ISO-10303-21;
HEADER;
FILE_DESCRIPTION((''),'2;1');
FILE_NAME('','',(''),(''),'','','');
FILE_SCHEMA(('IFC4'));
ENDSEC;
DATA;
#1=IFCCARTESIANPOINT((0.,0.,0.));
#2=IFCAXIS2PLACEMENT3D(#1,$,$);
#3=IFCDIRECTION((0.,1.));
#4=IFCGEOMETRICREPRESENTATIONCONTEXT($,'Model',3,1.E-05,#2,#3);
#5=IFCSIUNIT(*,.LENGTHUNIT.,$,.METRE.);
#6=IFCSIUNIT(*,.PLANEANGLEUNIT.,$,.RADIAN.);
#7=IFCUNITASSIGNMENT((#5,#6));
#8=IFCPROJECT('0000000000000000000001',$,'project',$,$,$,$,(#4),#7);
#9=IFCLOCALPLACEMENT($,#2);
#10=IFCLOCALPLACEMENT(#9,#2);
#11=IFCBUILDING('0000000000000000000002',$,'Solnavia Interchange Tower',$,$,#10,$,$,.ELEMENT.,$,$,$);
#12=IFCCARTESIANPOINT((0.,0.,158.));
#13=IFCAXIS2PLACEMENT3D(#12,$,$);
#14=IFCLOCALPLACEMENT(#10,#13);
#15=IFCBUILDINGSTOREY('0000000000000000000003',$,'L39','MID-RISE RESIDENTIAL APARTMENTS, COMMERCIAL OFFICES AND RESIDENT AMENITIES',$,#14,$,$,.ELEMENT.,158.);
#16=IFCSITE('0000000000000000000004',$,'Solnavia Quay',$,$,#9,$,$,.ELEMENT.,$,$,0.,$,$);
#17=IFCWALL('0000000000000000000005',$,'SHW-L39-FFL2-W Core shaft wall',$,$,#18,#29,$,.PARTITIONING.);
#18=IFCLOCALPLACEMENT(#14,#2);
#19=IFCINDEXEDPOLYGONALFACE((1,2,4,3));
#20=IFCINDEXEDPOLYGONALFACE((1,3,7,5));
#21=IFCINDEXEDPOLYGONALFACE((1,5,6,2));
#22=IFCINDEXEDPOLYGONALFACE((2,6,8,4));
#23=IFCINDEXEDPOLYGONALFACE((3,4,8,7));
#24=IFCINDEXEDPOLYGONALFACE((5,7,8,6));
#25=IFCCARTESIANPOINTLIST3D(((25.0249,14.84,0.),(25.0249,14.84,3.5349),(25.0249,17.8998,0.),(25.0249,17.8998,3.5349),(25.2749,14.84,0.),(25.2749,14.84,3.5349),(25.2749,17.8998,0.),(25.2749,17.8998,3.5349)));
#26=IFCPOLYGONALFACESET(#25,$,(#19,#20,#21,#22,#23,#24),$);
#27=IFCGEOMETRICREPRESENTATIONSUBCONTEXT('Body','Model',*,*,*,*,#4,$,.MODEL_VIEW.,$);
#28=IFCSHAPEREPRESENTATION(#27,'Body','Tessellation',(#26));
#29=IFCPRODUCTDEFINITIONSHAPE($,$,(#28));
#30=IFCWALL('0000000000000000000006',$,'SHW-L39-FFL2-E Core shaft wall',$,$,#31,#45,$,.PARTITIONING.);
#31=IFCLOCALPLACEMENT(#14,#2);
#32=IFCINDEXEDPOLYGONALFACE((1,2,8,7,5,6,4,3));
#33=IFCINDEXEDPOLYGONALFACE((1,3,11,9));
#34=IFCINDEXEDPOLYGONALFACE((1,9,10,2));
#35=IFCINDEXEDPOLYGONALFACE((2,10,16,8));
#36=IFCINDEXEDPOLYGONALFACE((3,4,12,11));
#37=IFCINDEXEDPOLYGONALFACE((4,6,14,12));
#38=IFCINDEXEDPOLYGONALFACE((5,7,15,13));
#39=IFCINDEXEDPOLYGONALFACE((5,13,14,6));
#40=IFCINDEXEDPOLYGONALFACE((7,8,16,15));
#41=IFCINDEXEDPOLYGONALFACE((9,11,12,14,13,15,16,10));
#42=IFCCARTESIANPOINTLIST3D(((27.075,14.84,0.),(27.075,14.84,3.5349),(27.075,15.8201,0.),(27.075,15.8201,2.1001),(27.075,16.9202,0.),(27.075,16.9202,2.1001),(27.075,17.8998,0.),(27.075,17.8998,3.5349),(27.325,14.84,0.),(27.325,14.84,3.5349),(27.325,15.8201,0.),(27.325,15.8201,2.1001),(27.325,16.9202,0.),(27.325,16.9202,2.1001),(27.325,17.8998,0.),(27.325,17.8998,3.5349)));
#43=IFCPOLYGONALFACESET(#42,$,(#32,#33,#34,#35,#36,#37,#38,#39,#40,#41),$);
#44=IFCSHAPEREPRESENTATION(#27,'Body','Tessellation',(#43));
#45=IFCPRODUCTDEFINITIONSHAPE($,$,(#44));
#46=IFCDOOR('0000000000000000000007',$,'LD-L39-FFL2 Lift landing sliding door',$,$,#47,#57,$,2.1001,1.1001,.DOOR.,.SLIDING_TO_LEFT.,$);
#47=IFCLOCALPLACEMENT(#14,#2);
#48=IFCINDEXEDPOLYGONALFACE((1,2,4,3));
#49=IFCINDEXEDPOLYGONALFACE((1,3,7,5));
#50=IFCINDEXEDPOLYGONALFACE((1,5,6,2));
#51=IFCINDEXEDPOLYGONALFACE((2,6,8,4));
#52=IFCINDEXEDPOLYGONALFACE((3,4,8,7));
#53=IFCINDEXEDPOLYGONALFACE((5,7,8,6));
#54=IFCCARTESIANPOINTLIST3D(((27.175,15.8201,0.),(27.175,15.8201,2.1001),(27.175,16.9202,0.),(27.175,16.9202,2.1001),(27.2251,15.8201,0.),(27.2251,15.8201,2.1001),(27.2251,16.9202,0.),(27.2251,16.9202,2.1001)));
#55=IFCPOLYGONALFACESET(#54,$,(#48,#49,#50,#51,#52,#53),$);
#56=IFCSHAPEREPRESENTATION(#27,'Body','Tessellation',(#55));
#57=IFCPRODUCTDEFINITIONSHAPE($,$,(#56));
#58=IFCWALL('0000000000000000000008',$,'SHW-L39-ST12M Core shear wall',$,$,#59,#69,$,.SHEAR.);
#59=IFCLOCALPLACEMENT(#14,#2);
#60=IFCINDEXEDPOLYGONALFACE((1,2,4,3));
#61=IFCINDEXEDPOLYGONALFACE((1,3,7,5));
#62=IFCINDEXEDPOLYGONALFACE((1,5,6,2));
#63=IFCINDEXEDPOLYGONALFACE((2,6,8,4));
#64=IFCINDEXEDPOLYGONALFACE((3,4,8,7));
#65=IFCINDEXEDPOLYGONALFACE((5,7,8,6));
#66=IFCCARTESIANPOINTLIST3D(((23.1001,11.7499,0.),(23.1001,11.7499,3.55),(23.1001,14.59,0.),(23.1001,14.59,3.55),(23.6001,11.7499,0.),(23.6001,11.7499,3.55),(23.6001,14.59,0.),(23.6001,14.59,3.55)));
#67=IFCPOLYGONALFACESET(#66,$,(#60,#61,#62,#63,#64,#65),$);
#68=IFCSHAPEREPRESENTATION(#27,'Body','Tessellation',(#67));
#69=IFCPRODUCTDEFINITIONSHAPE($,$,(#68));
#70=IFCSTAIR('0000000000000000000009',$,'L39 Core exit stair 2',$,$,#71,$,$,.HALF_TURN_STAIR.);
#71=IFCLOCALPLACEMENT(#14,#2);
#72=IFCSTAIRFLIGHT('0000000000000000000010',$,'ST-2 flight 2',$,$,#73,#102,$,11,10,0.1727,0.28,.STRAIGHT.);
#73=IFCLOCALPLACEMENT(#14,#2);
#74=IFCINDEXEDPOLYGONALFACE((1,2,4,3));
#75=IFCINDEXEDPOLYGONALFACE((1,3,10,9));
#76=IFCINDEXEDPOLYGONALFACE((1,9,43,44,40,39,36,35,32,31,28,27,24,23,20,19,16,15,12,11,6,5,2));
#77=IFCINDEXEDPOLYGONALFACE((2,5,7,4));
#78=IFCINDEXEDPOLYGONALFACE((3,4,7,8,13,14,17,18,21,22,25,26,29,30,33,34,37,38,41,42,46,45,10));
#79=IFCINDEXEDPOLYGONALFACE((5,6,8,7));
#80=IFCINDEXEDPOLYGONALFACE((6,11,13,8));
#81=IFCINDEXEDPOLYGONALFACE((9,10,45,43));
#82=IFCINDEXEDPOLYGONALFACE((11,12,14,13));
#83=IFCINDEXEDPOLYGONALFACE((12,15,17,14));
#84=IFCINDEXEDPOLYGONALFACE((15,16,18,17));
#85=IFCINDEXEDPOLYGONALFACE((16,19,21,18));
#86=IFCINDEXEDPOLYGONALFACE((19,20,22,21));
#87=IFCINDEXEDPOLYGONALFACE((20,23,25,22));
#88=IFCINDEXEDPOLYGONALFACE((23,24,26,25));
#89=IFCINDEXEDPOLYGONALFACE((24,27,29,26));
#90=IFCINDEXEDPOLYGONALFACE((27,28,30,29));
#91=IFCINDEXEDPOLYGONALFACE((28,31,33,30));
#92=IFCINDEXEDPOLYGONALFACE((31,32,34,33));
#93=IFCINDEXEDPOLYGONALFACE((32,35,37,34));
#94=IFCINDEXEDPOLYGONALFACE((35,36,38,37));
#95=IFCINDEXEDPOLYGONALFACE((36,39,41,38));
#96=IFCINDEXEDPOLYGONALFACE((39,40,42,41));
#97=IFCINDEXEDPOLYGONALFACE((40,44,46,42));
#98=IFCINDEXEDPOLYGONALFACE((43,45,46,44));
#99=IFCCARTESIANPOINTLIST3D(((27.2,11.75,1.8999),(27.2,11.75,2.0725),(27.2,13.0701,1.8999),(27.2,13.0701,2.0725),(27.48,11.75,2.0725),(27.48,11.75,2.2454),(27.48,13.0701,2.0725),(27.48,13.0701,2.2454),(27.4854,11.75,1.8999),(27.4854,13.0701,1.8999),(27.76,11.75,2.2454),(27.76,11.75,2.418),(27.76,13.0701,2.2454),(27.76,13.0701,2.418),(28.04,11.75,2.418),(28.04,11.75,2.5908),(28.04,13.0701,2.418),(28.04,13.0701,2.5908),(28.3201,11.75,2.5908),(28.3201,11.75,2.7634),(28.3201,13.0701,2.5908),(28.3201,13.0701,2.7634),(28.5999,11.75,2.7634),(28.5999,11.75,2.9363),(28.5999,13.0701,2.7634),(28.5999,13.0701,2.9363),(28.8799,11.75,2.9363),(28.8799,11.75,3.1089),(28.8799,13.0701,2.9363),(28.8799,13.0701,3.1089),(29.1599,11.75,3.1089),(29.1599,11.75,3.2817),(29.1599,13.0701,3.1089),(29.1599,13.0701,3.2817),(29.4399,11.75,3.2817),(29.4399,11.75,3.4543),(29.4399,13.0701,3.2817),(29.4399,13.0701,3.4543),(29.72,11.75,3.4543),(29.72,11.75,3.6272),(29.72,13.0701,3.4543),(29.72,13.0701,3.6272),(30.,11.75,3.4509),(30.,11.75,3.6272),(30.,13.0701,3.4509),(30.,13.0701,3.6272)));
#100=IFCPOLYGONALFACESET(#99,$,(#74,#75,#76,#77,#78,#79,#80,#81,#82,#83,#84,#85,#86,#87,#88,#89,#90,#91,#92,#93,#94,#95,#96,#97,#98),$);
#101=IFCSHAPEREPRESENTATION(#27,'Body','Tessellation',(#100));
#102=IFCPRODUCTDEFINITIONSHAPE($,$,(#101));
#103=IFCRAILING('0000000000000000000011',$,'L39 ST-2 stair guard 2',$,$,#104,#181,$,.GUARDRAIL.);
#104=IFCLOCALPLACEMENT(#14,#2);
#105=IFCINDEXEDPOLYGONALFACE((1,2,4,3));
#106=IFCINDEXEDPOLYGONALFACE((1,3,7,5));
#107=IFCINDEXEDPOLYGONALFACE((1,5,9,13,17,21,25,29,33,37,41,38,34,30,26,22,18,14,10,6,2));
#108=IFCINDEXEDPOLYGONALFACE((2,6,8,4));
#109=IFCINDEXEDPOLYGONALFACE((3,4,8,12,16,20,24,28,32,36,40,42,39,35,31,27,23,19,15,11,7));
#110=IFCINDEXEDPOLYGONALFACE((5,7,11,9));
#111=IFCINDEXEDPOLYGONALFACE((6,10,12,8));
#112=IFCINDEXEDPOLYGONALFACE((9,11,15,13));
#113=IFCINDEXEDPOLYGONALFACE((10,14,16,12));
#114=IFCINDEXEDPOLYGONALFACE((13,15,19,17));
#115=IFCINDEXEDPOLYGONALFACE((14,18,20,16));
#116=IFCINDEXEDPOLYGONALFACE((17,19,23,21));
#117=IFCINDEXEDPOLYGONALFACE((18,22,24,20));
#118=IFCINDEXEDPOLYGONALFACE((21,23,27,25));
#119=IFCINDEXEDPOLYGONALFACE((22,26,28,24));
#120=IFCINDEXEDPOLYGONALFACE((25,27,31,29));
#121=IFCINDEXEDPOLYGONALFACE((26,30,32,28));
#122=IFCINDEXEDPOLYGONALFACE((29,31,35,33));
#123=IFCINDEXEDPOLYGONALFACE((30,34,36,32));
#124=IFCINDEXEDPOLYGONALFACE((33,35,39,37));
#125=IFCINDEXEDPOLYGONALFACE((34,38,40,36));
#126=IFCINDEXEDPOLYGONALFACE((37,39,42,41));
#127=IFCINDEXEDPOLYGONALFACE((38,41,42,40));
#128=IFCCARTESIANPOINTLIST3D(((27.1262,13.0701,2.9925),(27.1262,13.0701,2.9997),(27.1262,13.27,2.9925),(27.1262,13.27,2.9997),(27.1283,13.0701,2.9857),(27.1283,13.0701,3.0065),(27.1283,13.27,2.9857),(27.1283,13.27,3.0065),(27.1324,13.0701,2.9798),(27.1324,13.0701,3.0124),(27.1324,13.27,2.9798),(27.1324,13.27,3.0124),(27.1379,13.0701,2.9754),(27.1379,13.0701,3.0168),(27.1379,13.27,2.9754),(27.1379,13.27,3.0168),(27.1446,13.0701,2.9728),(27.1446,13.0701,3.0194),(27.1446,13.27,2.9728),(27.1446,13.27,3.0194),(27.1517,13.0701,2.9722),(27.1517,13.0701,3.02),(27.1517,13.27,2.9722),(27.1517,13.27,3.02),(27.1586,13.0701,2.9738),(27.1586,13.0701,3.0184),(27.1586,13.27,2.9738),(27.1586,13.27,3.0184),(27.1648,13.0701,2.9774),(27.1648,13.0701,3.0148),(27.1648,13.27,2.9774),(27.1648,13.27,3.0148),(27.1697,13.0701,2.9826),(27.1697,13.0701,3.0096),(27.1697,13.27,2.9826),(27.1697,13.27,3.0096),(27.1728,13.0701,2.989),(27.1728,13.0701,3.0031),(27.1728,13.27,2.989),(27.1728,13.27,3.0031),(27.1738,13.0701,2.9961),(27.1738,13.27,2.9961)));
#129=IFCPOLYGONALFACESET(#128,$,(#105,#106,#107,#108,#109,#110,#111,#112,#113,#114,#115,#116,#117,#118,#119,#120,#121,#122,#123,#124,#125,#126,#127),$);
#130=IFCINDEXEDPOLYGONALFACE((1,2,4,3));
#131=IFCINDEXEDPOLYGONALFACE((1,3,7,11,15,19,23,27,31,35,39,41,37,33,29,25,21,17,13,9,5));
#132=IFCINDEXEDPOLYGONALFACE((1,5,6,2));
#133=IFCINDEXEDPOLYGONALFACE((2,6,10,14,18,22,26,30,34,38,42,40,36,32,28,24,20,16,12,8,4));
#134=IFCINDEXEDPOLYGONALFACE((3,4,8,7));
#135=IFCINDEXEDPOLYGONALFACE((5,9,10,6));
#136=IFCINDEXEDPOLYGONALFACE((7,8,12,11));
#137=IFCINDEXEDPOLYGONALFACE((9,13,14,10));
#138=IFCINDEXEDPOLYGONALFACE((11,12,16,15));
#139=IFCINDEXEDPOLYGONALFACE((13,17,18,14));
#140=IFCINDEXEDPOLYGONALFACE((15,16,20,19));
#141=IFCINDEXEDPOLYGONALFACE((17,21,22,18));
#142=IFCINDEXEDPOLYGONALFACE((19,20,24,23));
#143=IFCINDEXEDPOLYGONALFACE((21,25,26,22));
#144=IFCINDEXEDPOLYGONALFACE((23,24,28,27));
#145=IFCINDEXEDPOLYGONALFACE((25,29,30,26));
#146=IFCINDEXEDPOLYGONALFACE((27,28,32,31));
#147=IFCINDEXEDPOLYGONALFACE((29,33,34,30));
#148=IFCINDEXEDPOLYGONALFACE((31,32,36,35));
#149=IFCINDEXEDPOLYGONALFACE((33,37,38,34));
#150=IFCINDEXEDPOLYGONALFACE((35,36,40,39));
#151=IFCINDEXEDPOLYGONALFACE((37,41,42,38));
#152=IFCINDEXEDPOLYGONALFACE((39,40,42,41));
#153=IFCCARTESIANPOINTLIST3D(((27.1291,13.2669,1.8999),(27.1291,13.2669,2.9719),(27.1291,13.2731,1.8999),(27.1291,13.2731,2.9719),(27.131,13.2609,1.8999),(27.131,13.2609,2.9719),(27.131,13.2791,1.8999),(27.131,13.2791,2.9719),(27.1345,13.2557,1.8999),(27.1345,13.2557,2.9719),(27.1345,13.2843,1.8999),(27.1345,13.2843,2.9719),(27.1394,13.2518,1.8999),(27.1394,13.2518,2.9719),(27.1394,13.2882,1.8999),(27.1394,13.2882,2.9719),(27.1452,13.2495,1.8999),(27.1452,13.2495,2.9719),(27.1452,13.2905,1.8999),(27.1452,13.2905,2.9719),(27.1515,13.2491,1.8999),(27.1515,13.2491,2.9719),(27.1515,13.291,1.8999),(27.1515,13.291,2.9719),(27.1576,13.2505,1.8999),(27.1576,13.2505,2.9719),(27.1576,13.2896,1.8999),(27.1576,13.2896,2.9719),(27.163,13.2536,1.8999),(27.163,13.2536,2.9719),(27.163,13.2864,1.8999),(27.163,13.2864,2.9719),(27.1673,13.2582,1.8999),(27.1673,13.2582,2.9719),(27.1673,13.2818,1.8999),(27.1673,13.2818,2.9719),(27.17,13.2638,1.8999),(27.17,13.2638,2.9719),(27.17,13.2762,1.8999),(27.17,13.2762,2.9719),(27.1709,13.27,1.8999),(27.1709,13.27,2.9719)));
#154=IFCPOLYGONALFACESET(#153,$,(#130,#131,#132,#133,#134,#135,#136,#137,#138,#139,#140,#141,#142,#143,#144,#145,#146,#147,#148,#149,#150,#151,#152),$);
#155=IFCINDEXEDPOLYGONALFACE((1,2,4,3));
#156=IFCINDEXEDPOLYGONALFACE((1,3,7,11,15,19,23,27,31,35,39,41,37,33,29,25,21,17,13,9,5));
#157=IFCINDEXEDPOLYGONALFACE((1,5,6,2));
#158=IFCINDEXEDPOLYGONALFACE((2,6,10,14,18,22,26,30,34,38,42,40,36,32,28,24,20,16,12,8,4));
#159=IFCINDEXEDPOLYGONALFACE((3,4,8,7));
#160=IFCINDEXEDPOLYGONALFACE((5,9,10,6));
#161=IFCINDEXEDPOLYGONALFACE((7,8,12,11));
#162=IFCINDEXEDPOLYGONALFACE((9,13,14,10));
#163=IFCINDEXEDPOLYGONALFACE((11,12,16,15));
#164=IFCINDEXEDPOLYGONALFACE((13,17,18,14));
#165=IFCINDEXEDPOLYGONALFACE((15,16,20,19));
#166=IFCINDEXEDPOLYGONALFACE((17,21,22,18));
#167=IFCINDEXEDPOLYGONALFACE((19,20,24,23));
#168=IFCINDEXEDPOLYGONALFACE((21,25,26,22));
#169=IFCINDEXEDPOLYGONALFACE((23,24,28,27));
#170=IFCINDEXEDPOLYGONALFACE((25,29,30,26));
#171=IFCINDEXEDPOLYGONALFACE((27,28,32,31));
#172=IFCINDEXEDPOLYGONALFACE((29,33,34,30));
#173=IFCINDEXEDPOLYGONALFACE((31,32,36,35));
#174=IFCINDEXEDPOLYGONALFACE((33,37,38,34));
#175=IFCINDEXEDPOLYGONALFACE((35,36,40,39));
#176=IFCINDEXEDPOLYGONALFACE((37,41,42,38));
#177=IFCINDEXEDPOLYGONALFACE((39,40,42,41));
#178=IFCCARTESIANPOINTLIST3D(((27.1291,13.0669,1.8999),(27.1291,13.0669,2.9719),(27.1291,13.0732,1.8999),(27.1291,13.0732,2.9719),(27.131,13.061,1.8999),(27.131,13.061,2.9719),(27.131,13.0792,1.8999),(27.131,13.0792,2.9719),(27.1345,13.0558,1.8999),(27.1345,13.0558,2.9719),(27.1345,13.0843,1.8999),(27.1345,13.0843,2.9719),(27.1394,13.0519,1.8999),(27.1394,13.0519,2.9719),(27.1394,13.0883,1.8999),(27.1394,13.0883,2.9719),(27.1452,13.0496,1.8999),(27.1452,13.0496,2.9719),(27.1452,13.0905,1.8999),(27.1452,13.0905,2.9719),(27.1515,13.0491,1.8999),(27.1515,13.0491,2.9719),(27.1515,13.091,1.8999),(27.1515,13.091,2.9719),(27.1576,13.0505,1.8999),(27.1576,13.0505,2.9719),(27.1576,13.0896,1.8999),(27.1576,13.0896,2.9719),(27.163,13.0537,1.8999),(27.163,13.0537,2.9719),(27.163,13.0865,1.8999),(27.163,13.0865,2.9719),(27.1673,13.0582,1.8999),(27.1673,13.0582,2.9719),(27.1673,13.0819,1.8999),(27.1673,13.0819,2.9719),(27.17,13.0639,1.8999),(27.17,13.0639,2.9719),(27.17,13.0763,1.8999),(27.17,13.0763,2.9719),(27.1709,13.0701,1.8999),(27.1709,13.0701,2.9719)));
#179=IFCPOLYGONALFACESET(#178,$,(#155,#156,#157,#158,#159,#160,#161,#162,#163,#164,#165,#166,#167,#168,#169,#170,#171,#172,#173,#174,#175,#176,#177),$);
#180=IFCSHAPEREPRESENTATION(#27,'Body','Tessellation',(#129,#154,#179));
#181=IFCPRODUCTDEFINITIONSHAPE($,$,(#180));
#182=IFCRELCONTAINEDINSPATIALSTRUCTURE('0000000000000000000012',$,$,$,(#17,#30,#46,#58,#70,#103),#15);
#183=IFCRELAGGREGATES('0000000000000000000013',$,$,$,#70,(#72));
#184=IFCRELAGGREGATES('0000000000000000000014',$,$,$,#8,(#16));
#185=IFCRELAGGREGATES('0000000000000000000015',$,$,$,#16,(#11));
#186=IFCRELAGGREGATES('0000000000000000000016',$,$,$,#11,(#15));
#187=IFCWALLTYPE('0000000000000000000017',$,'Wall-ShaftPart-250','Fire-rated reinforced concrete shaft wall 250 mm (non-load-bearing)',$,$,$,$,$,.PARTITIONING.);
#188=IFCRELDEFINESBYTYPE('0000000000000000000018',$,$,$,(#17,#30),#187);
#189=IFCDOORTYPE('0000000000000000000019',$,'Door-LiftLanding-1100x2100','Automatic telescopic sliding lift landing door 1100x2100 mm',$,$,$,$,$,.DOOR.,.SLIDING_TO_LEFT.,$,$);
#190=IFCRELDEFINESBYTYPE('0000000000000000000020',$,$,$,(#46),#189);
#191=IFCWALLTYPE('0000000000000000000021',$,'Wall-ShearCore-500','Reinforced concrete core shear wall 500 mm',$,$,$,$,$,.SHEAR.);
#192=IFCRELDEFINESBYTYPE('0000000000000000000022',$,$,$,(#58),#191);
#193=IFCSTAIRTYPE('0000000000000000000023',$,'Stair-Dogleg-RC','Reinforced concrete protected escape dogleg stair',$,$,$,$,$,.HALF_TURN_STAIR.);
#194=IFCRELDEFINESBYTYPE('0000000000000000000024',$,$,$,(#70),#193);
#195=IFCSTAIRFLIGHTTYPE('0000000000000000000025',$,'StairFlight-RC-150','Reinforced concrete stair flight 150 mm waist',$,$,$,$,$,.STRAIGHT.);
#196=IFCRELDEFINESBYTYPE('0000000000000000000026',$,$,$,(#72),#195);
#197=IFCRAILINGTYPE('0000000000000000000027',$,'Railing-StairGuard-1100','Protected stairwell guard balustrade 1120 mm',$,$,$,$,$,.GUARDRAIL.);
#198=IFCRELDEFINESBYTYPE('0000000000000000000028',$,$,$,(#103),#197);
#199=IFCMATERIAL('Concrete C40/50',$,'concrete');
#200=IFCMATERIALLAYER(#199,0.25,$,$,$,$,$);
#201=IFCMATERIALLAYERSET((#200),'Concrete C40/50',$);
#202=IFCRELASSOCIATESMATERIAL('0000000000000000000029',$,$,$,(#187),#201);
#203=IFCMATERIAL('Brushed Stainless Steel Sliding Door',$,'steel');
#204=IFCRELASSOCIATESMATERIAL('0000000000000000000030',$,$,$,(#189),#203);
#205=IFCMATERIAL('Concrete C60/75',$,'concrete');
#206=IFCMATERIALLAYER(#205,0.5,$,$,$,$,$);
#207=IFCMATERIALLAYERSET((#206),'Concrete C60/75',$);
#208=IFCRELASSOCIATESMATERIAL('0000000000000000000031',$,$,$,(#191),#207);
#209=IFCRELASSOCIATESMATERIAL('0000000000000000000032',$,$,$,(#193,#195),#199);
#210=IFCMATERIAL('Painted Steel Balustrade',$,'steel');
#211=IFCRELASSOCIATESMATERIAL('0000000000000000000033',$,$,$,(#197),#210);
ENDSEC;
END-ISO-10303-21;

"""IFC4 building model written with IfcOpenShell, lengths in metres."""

from ifc_helpers import new_model, si_unit, direction, frame, frame_2d, origin, origin_2d, place, context, subcontext, project, spatial, polyline, rectangle, circle, outline, extrude, material, layer, layer_set, type_object, element, fill, aggregate, save


model = new_model("IFC4")

# Units and contexts
model_context = context("Model", 3, precision=1e-05, world=origin(), true_north=direction((0.0, 1.0)))
body_context = subcontext(model_context, "Body", "Model", "MODEL_VIEW")
ifc_project = project(units=[si_unit("LENGTHUNIT", "METRE"), si_unit("PLANEANGLEUNIT", "RADIAN")], contexts=[model_context])

# Site, building, storey
site_placement = place(None, origin())
site = spatial("IfcSite", under=ifc_project, at=site_placement, Name="Solnavia Quay", CompositionType="ELEMENT", RefElevation=0.0)
building_placement = place(site_placement, origin())
building = spatial("IfcBuilding", under=site, at=building_placement, Name="Solnavia Interchange Tower", CompositionType="ELEMENT")
storey_placement = place(building_placement, frame((0.0, 0.0, 158.0)))
storey = spatial("IfcBuildingStorey", under=building, at=storey_placement, Name="L39", Description="MID-RISE RESIDENTIAL APARTMENTS, COMMERCIAL OFFICES AND RESIDENT AMENITIES", CompositionType="ELEMENT", Elevation=158.0)

# Shared definitions
ifc_material_1 = material(Name="Concrete C40/50", Category="concrete")

# Wall
ifc_layer_1 = layer(ifc_material_1, 0.25)
ifc_layer_set_1 = layer_set([ifc_layer_1], Name="Concrete C40/50")
wall_type_1 = type_object("IfcWallType", Name="Wall-ShaftPart-250", Description="Fire-rated reinforced concrete shaft wall 250 mm (non-load-bearing)", PredefinedType="PARTITIONING", material=ifc_layer_set_1)
for number, where, z_axis, x_axis, name in (
    (1, (25.1499, 14.8401, 0.0), (0.0, 0.0, 1.0), (0.0, 1.0, 0.0), "SHW-L39-FFL2-W Core shaft wall"),
):
    element("IfcWall", number, at=place(storey_placement, frame(where, z_axis=z_axis, x_axis=x_axis)), inside=storey, type_object=wall_type_1, Name=name, PredefinedType="PARTITIONING", context=body_context, shape_type="SweptSolid", body=[
        extrude(rectangle(XDim=3.0598, YDim=0.25, at=frame_2d((1.5298, 0.0))), origin(), (0.0, 0.0, 1.0), 3.5349),
    ])

# Wall, opening, door
wall_1_placement = place(storey_placement, frame((27.2, 14.8401, 0.0), z_axis=(0.0, 0.0, 1.0), x_axis=(0.0, 1.0, 0.0)))
wall_1 = element("IfcWall", 2, at=wall_1_placement, inside=storey, type_object=wall_type_1, Name="SHW-L39-FFL2-E Core shaft wall", PredefinedType="PARTITIONING", context=body_context, shape_type="SweptSolid", body=[
    extrude(rectangle(XDim=3.0598, YDim=0.25, at=frame_2d((1.5298, 0.0))), origin(), (0.0, 0.0, 1.0), 3.5349),
])
opening_1_placement = place(wall_1_placement, frame((0.98, 0.0, 0.0)))
opening_1 = element("IfcOpeningElement", 3, at=opening_1_placement, cuts=wall_1, PredefinedType="OPENING", context=body_context, shape_type="SweptSolid", body=[
    extrude(rectangle(XDim=1.1001, YDim=2.1001, at=frame_2d((0.55, 1.05))), frame((0.0, 0.135, 0.0), z_axis=(0.0, -1.0, 0.0), x_axis=(1.0, 0.0, 0.0)), (0.0, 0.0, 1.0), 0.27),
])
ifc_material_2 = material(Name="Brushed Stainless Steel Sliding Door", Category="steel")
door_type_1 = type_object("IfcDoorType", Name="Door-LiftLanding-1100x2100", Description="Automatic telescopic sliding lift landing door 1100x2100 mm", OperationType="SLIDING_TO_LEFT", PredefinedType="DOOR", material=ifc_material_2)
door_1_placement = place(opening_1_placement, origin())
door_1 = element("IfcDoor", 4, at=door_1_placement, inside=storey, type_object=door_type_1, Name="LD-L39-FFL2 Lift landing sliding door", OperationType="SLIDING_TO_LEFT", OverallHeight=2.1001, OverallWidth=1.1001, PredefinedType="DOOR", context=body_context, shape_type="SweptSolid", body=[
    extrude(rectangle(XDim=1.1001, YDim=2.1001, at=frame_2d((0.55, 1.05))), frame((0.0, 0.0249, 0.0), z_axis=(0.0, -1.0, 0.0), x_axis=(1.0, 0.0, 0.0)), (0.0, 0.0, 1.0), 0.05),
])
fill(opening_1, door_1)

# Wall
ifc_material_3 = material(Name="Concrete C60/75", Category="concrete")
ifc_layer_2 = layer(ifc_material_3, 0.5)
ifc_layer_set_2 = layer_set([ifc_layer_2], Name="Concrete C60/75")
wall_type_2 = type_object("IfcWallType", Name="Wall-ShearCore-500", Description="Reinforced concrete core shear wall 500 mm", PredefinedType="SHEAR", material=ifc_layer_set_2)
wall_2_placement = place(storey_placement, frame((23.3501, 11.75, 0.0), z_axis=(0.0, 0.0, 1.0), x_axis=(0.0, 1.0, 0.0)))
element("IfcWall", 5, at=wall_2_placement, inside=storey, type_object=wall_type_2, Name="SHW-L39-ST12M Core shear wall", PredefinedType="SHEAR", context=body_context, shape_type="SweptSolid", body=[
    extrude(rectangle(XDim=2.8401, YDim=0.5, at=frame_2d((1.4199, 0.0))), origin(), (0.0, 0.0, 1.0), 3.55),
])

# Stair, stair flight
stair_type = type_object("IfcStairType", Name="Stair-Dogleg-RC", Description="Reinforced concrete protected escape dogleg stair", PredefinedType="HALF_TURN_STAIR", material=ifc_material_1)
stair_placement = place(storey_placement, origin())
stair = element("IfcStair", 6, at=stair_placement, inside=storey, type_object=stair_type, Name="L39 Core exit stair 2", PredefinedType="HALF_TURN_STAIR")
stair_flight_type = type_object("IfcStairFlightType", Name="StairFlight-RC-150", Description="Reinforced concrete stair flight 150 mm waist", PredefinedType="STRAIGHT", material=ifc_material_1)
stair_flight_placement = place(storey_placement, frame((27.2, 12.4099, 1.8999), z_axis=(0.0, 0.0, 1.0), x_axis=(1.0, 0.0, 0.0)))
stair_flight = element("IfcStairFlight", 7, at=stair_flight_placement, type_object=stair_flight_type, Name="ST-2 flight 2", NumberOfRisers=11, NumberOfTreads=10, PredefinedType="STRAIGHT", RiserHeight=0.1727, TreadLength=0.28, context=body_context, shape_type="SweptSolid", body=[
    extrude(outline(polyline([(0.0, 0.0), (0.0, 0.1726), (0.28, 0.1726), (0.28, 0.3455), (0.5601, 0.3455), (0.5601, 0.5181), (0.8401, 0.5181), (0.8401, 0.6909), (1.1201, 0.6909), (1.1201, 0.8635), (1.3999, 0.8635), (1.3999, 1.0364), (1.6799, 1.0364), (1.6799, 1.209), (1.96, 1.209), (1.96, 1.3818), (2.24, 1.3818), (2.24, 1.5544), (2.52, 1.5544), (2.52, 1.7273), (2.8, 1.7273), (2.8, 1.8999), (2.8, 1.551), (0.2854, 0.0), (0.0, 0.0)])), frame((0.0, 0.6602, 0.0), z_axis=(0.0, -1.0, 0.0), x_axis=(1.0, 0.0, 0.0)), (0.0, 0.0, 1.0), 1.3201),
])
aggregate(stair, [stair_flight])

# Railing
ifc_material_4 = material(Name="Painted Steel Balustrade", Category="steel")
railing_type_1 = type_object("IfcRailingType", Name="Railing-StairGuard-1100", Description="Protected stairwell guard balustrade 1120 mm", PredefinedType="GUARDRAIL", material=ifc_material_4)
railing_1_placement = place(storey_placement, frame((27.1499, 13.27, 1.8999)))
element("IfcRailing", 8, at=railing_1_placement, inside=storey, type_object=railing_type_1, Name="L39 ST-2 stair guard 2", PredefinedType="GUARDRAIL", context=body_context, shape_type="SweptSolid", body=[
    extrude(circle(Radius=0.0239, at=origin_2d()), frame((0.0, 0.0, 1.0962), z_axis=(0.0, -1.0, 0.0), x_axis=(1.0, 0.0, 0.0)), (0.0, 0.0, 1.0), 0.2),
    extrude(circle(Radius=0.021, at=origin_2d()), origin(), (0.0, 0.0, 1.0), 1.072),
    extrude(circle(Radius=0.021, at=origin_2d()), frame((0.0, -0.2, 0.0)), (0.0, 0.0, 1.0), 1.072),
])

save(model, "model.ifc")
